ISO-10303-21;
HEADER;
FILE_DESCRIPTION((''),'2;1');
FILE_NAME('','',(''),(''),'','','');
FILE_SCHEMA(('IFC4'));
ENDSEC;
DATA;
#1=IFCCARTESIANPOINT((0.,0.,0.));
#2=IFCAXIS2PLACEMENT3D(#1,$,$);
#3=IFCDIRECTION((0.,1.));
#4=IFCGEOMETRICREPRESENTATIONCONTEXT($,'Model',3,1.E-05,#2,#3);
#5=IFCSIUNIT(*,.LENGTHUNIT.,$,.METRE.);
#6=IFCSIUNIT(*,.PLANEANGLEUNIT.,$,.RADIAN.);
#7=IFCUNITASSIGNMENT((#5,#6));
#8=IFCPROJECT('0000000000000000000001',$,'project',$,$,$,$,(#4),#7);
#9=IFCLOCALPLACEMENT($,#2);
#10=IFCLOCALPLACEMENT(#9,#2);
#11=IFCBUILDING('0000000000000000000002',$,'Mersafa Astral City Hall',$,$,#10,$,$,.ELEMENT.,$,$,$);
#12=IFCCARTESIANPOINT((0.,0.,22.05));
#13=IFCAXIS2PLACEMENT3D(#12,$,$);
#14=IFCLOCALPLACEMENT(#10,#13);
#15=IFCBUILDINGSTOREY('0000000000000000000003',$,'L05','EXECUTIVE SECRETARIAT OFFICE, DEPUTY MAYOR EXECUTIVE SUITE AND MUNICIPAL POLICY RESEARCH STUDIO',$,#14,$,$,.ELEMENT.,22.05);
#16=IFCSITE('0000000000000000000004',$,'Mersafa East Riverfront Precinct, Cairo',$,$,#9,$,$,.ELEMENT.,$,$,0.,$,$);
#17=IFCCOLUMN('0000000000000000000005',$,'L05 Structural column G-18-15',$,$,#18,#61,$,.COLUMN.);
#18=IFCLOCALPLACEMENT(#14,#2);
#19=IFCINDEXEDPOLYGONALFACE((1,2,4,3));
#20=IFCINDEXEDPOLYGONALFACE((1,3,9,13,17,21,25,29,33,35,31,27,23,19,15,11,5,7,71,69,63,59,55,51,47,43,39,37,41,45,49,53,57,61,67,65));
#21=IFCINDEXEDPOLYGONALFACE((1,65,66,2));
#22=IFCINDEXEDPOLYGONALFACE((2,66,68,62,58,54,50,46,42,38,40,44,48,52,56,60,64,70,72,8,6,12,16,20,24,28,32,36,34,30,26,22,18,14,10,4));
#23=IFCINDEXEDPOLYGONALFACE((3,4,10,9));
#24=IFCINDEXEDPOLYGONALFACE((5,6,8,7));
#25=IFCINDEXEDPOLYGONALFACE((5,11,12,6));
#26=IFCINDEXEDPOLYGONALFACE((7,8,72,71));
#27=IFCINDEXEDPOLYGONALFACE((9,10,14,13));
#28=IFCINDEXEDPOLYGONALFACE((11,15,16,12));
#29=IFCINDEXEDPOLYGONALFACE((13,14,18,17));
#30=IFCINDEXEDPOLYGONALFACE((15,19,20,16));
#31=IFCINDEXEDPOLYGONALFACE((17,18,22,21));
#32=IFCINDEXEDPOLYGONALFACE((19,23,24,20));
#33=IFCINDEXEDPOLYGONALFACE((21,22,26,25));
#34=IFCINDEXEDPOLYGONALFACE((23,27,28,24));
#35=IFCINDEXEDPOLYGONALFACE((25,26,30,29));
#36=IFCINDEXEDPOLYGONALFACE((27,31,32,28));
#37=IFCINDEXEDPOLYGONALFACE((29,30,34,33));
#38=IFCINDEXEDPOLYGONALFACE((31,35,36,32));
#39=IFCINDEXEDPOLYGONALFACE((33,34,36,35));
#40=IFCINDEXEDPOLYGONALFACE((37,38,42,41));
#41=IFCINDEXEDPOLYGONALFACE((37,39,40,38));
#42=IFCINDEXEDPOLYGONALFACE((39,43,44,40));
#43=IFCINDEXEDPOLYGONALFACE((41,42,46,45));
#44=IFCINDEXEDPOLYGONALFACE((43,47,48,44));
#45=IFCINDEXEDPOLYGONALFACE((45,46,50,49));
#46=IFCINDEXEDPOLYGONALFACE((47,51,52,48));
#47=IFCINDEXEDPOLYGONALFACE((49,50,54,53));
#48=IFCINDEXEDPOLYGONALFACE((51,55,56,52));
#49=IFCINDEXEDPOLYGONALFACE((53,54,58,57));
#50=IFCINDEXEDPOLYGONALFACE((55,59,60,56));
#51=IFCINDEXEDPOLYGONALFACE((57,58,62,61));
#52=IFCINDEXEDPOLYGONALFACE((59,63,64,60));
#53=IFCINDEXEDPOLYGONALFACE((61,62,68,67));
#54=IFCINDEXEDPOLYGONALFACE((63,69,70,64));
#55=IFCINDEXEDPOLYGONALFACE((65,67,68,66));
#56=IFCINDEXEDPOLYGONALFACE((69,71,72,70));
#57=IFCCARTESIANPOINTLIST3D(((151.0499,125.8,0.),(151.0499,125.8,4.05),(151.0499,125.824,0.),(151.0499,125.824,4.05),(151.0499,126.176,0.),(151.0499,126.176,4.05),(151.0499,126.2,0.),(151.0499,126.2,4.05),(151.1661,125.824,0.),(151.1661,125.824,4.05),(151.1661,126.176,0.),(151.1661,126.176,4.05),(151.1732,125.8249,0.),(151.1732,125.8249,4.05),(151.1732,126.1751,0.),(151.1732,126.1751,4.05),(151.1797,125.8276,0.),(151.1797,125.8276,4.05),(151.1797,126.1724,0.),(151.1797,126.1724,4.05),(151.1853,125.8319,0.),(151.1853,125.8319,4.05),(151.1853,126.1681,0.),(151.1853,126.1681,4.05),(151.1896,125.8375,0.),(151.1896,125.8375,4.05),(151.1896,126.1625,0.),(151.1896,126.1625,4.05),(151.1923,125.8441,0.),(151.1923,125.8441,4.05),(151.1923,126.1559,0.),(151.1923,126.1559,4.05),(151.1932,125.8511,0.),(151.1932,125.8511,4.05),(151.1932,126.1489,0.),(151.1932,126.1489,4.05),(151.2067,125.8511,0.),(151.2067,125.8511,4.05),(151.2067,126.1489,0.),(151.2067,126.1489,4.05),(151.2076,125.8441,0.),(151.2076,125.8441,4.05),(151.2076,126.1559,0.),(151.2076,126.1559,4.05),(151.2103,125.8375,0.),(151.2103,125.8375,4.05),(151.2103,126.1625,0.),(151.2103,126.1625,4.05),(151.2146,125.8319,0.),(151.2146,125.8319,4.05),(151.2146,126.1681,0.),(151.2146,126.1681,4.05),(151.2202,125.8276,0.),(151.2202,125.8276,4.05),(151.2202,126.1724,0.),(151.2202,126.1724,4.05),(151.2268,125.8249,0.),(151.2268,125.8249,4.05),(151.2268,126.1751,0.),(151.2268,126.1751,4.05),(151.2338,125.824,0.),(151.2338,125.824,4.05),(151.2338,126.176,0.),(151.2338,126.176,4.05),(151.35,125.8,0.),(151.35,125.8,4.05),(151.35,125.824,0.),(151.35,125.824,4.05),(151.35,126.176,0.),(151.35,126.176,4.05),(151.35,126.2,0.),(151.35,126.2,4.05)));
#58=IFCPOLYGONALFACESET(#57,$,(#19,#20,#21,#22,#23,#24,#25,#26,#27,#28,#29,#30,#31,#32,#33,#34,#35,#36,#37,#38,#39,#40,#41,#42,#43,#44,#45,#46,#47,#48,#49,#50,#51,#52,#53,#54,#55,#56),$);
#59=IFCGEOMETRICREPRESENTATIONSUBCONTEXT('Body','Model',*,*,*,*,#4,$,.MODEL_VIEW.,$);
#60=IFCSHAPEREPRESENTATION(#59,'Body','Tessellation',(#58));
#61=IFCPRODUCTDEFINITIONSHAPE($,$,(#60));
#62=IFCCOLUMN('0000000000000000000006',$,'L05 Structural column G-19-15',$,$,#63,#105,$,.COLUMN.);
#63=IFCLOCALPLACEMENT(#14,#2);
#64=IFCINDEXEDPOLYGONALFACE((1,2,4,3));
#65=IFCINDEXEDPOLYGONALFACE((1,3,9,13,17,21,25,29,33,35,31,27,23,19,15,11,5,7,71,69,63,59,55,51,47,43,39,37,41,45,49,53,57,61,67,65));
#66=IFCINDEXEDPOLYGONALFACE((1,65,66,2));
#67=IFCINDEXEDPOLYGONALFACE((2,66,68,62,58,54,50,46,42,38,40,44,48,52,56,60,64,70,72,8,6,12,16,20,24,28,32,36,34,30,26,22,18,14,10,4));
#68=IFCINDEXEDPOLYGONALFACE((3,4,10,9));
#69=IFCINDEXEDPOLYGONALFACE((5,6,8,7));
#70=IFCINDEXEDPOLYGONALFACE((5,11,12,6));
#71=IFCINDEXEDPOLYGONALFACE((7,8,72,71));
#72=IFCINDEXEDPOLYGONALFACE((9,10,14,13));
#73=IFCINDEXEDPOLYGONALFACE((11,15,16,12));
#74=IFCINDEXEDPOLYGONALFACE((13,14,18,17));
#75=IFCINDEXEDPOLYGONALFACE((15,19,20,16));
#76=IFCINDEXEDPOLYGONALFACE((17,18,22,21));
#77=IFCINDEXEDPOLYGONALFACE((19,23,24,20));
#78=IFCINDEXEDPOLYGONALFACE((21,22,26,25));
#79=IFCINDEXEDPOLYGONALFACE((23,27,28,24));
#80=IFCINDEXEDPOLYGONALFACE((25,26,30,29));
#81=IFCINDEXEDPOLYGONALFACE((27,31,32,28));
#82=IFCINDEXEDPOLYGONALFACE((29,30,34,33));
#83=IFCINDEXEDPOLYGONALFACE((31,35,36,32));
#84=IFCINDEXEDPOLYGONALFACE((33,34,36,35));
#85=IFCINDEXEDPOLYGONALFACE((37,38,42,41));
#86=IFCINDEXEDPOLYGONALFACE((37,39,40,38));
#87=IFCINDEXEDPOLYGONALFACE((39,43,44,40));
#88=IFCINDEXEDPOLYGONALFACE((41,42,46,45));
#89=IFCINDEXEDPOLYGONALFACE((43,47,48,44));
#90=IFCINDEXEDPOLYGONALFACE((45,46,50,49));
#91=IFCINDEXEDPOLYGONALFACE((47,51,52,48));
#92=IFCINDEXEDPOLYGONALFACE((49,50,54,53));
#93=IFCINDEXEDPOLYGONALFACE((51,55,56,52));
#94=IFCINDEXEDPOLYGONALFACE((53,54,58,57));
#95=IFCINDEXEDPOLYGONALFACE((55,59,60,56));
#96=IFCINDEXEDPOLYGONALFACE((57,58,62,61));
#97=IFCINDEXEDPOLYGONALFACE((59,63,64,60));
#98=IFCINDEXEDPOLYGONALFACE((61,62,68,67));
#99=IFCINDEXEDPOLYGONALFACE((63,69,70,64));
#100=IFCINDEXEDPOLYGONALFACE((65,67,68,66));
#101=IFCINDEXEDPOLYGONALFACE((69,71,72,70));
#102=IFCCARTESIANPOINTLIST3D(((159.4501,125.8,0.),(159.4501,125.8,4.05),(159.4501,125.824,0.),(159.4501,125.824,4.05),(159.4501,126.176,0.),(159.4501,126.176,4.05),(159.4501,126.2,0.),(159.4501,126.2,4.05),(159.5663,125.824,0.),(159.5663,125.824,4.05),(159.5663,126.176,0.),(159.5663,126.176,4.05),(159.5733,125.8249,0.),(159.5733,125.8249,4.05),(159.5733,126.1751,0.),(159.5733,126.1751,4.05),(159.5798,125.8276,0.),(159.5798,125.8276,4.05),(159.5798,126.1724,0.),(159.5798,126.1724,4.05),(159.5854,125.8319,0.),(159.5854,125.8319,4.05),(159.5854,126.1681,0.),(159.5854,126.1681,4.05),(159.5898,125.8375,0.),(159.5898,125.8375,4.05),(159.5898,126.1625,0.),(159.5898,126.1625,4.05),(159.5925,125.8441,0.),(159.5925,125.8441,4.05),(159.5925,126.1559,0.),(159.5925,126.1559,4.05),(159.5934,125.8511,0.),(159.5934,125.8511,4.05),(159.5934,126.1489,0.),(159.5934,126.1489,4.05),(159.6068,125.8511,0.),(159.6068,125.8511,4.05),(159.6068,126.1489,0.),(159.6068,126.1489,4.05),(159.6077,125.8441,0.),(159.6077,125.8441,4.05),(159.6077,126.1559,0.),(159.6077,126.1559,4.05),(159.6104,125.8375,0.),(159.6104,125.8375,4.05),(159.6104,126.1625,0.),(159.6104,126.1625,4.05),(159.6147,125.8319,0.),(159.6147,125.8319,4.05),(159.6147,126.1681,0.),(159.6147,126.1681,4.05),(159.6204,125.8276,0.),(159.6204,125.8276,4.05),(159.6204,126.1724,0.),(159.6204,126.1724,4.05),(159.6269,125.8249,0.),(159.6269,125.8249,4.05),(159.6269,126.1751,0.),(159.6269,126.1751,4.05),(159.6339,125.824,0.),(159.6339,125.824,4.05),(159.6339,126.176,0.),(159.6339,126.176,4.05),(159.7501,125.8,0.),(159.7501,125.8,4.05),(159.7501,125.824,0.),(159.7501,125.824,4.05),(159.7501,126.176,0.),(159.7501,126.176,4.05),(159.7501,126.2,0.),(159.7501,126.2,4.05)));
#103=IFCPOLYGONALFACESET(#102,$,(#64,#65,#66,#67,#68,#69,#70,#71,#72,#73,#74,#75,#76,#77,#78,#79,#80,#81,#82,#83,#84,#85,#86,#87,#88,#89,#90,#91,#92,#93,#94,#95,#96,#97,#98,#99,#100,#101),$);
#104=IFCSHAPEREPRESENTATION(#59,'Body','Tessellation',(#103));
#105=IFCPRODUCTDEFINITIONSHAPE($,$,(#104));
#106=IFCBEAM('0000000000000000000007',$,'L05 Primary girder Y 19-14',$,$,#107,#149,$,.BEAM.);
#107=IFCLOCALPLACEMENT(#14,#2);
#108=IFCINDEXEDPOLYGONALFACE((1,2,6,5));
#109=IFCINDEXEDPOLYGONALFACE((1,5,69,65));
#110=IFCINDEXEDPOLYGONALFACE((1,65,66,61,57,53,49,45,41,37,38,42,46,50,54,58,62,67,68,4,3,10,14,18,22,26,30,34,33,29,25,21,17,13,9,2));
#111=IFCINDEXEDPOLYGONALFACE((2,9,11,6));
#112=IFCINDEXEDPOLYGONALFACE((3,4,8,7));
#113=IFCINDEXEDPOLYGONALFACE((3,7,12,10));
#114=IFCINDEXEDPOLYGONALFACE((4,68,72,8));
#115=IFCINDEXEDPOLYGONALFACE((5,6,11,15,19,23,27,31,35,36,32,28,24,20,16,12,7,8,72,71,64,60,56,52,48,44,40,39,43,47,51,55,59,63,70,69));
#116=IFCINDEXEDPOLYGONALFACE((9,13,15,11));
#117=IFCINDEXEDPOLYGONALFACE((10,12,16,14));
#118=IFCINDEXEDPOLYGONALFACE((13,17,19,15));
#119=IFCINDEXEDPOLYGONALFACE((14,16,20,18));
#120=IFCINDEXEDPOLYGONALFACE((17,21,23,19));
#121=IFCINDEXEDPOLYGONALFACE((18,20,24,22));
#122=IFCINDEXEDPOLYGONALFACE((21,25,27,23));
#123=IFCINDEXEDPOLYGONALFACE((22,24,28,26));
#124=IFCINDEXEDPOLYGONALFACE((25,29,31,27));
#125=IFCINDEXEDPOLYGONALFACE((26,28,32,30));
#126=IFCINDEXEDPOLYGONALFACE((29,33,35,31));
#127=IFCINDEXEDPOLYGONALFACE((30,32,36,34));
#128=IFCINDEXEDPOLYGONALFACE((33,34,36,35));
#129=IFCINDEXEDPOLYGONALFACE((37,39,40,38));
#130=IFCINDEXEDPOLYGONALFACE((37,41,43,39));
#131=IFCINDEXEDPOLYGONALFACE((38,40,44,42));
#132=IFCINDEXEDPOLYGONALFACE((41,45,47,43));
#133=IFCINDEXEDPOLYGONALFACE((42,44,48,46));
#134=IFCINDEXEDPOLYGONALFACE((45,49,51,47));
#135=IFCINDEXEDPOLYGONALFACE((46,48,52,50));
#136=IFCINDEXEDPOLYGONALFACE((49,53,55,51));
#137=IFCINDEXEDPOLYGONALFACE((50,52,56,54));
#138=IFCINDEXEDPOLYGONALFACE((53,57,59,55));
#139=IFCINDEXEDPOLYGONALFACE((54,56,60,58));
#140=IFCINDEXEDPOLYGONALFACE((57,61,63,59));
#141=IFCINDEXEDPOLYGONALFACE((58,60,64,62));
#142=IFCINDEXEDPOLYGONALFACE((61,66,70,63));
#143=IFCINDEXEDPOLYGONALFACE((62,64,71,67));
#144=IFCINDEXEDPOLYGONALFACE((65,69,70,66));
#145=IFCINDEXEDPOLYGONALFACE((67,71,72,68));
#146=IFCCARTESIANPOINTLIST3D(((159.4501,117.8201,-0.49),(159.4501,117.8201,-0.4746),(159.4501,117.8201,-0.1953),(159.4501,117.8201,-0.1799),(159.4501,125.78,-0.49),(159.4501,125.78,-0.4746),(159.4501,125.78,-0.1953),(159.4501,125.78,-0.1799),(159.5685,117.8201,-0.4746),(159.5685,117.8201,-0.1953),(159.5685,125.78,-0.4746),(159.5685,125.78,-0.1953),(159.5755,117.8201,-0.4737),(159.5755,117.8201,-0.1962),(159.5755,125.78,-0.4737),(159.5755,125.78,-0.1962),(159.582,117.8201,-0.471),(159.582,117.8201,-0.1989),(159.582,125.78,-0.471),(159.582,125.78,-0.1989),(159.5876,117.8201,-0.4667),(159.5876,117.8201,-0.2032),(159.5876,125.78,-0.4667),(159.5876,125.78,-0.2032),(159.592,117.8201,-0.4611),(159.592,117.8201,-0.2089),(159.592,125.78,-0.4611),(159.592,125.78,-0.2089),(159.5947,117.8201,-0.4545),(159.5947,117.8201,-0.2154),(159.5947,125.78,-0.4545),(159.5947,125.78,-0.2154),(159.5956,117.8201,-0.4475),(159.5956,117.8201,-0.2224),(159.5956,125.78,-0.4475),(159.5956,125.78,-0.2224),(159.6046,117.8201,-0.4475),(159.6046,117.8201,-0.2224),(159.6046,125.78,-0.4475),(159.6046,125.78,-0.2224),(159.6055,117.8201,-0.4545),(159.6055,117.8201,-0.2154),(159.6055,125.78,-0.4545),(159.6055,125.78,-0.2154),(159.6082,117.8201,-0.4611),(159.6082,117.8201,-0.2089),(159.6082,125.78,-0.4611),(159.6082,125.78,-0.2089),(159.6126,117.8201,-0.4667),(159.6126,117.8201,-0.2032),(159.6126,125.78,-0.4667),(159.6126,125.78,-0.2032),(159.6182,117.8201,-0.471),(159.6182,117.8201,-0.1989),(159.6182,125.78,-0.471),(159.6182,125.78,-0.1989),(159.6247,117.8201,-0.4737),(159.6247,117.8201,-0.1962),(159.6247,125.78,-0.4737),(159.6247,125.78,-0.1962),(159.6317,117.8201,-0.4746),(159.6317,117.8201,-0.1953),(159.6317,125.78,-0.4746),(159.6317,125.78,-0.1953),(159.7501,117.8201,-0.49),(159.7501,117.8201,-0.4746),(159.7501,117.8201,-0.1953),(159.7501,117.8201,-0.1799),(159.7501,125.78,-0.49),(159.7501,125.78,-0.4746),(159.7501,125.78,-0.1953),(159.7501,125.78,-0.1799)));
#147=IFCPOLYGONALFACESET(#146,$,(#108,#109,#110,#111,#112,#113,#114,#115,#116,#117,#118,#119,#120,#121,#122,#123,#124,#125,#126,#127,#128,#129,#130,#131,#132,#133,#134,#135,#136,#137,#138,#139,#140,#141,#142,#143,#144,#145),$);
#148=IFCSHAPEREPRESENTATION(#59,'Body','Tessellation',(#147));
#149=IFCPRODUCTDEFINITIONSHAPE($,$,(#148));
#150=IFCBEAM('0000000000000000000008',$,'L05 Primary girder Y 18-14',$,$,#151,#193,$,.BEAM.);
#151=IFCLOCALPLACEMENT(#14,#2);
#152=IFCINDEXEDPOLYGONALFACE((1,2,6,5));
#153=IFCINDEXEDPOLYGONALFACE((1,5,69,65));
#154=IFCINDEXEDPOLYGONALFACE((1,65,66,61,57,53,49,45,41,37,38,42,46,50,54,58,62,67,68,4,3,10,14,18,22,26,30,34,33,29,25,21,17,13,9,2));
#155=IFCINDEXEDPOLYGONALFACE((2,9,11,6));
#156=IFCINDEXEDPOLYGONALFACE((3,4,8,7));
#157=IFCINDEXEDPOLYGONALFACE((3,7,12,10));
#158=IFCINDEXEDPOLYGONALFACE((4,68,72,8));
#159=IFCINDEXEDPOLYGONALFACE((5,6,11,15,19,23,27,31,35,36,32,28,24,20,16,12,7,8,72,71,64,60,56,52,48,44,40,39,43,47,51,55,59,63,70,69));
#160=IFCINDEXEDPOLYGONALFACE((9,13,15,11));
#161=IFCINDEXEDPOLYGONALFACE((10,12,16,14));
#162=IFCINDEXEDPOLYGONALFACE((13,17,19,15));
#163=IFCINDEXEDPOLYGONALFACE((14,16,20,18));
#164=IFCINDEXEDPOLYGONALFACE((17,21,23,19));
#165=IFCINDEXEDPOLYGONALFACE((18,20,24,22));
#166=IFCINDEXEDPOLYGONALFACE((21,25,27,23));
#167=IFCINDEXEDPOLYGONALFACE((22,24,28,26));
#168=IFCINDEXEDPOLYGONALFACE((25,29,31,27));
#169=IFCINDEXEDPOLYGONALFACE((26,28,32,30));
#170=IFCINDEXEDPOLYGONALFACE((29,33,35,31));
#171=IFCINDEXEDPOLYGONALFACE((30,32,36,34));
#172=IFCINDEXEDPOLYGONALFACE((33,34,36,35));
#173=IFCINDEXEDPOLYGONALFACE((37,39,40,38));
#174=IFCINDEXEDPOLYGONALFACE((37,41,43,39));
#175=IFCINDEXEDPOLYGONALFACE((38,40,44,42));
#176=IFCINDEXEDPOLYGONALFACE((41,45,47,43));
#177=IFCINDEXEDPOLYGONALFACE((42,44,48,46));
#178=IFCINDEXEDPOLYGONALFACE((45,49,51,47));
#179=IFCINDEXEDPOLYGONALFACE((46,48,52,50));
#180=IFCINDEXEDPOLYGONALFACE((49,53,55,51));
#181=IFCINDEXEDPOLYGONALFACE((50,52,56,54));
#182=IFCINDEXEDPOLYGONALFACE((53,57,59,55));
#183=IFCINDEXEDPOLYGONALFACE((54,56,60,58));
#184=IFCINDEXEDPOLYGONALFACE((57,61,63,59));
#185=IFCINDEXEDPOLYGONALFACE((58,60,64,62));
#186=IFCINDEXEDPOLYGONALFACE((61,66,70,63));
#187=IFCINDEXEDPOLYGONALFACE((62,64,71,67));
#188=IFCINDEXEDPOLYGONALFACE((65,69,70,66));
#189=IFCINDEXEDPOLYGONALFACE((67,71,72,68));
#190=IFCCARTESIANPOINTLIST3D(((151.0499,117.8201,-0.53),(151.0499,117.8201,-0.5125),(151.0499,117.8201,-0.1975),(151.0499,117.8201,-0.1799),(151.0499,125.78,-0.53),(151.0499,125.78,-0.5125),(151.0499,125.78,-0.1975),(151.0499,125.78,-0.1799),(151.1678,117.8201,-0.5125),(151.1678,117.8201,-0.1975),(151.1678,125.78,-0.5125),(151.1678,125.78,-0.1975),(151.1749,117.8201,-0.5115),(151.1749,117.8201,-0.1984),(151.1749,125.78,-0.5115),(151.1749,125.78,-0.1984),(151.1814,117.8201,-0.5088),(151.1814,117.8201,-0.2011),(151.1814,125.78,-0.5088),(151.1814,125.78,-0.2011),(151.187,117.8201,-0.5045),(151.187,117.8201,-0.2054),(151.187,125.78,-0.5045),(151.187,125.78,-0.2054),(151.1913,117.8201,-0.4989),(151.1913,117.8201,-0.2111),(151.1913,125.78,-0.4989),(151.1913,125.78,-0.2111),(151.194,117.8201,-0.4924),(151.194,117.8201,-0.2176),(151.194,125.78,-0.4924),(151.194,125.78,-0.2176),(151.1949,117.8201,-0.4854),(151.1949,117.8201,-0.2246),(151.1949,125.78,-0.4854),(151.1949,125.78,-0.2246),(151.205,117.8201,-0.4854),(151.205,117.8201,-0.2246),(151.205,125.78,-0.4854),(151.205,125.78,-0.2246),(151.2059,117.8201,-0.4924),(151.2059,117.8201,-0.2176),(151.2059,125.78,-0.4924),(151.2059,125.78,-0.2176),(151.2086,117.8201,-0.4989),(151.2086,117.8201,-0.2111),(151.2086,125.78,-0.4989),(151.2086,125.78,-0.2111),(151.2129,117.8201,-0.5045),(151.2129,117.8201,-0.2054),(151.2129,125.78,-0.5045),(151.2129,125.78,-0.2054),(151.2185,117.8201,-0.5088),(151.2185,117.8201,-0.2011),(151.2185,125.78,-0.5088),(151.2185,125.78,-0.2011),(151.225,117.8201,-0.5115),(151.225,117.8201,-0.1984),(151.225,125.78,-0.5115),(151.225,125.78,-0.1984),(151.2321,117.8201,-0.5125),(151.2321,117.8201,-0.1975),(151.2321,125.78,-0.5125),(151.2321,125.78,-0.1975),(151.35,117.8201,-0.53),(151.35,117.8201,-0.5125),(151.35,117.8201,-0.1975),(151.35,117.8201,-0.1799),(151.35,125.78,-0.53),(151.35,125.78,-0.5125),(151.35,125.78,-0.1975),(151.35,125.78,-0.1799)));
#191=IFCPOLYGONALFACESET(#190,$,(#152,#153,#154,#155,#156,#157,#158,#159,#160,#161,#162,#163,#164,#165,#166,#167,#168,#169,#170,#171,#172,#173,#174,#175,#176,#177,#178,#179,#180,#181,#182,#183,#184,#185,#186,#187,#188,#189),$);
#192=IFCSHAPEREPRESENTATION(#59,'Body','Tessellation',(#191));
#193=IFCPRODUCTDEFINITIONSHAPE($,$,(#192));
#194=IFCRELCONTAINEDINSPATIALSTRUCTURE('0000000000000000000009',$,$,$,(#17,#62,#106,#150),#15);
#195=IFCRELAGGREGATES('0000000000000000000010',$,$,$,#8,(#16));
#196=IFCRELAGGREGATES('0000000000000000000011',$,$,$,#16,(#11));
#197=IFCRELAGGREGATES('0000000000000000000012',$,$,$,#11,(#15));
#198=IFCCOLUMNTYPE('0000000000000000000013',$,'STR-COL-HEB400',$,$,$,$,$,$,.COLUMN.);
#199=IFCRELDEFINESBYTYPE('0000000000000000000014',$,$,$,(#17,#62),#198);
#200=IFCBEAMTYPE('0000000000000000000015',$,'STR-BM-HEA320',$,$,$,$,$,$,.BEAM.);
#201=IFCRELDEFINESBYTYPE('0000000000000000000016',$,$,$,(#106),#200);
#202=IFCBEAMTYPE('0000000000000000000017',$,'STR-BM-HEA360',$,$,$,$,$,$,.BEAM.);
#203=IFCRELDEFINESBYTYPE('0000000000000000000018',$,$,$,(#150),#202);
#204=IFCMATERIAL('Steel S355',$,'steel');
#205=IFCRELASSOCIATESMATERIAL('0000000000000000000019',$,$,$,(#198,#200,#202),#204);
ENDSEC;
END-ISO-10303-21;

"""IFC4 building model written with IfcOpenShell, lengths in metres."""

from ifc_helpers import new_model, si_unit, direction, frame, origin, origin_2d, place, context, subcontext, project, spatial, i_section, extrude, material, material_profile, profile_set, type_object, element, save


model = new_model("IFC4")

# Units and contexts
model_context = context("Model", 3, precision=1e-05, world=origin(), true_north=direction((0.0, 1.0)))
body_context = subcontext(model_context, "Body", "Model", "MODEL_VIEW")
ifc_project = project(units=[si_unit("LENGTHUNIT", "METRE"), si_unit("PLANEANGLEUNIT", "RADIAN")], contexts=[model_context])

# Site, building, storey
site_placement = place(None, origin())
site = spatial("IfcSite", under=ifc_project, at=site_placement, Name="Mersafa East Riverfront Precinct, Cairo", CompositionType="ELEMENT", RefElevation=0.0)
building_placement = place(site_placement, origin())
building = spatial("IfcBuilding", under=site, at=building_placement, Name="Mersafa Astral City Hall", CompositionType="ELEMENT")
storey_placement = place(building_placement, frame((0.0, 0.0, 22.05)))
storey = spatial("IfcBuildingStorey", under=building, at=storey_placement, Name="L05", Description="EXECUTIVE SECRETARIAT OFFICE, DEPUTY MAYOR EXECUTIVE SUITE AND MUNICIPAL POLICY RESEARCH STUDIO", CompositionType="ELEMENT", Elevation=22.05)

# Columns
ifc_material_1 = material(Name="Steel S355", Category="steel")
ifc_material_profile_1 = material_profile(ifc_material_1, i_section(OverallWidth=0.3, OverallDepth=0.3999, WebThickness=0.0134, FlangeThickness=0.0239, FilletRadius=0.0271, at=origin_2d()), Name="HEB 400")
ifc_profile_set_1 = profile_set([ifc_material_profile_1], Name="Steel S355")
column_type = type_object("IfcColumnType", Name="STR-COL-HEB400", PredefinedType="COLUMN", material=ifc_profile_set_1)
for number, where, z_axis, x_axis, name in (
    (1, (151.2, 126.0, 0.0), (0.0, 0.0, 1.0), (1.0, 0.0, 0.0), "L05 Structural column G-18-15"),
    (2, (159.6001, 126.0, 0.0), (0.0, 0.0, 1.0), (1.0, 0.0, 0.0), "L05 Structural column G-19-15"),
):
    element("IfcColumn", number, at=place(storey_placement, frame(where, z_axis=z_axis, x_axis=x_axis)), inside=storey, type_object=column_type, Name=name, PredefinedType="COLUMN", context=body_context, shape_type="SweptSolid", body=[
        extrude(i_section(OverallWidth=0.3, OverallDepth=0.3999, WebThickness=0.0134, FlangeThickness=0.0239, FilletRadius=0.0271, at=origin_2d()), origin(), (0.0, 0.0, 1.0), 4.05),
    ])

# Beams
ifc_material_profile_2 = material_profile(ifc_material_1, i_section(OverallWidth=0.3, OverallDepth=0.3101, WebThickness=0.009, FlangeThickness=0.0154, FilletRadius=0.0271, at=origin_2d()), Name="HEA 320")
ifc_profile_set_2 = profile_set([ifc_material_profile_2], Name="Steel S355")
beam_type_1 = type_object("IfcBeamType", Name="STR-BM-HEA320", PredefinedType="BEAM", material=ifc_profile_set_2)
beam_1_placement = place(storey_placement, frame((159.6001, 117.8201, -0.335), z_axis=(0.0, 1.0, 0.0), x_axis=(-1.0, 0.0, 0.0)))
element("IfcBeam", 3, at=beam_1_placement, inside=storey, type_object=beam_type_1, Name="L05 Primary girder Y 19-14", PredefinedType="BEAM", context=body_context, shape_type="SweptSolid", body=[
    extrude(i_section(OverallWidth=0.3, OverallDepth=0.3101, WebThickness=0.009, FlangeThickness=0.0154, FilletRadius=0.0271, at=origin_2d()), origin(), (0.0, 0.0, 1.0), 7.96),
])
ifc_material_profile_3 = material_profile(ifc_material_1, i_section(OverallWidth=0.3, OverallDepth=0.3501, WebThickness=0.01, FlangeThickness=0.0176, FilletRadius=0.0271, at=origin_2d()), Name="HEA 360")
ifc_profile_set_3 = profile_set([ifc_material_profile_3], Name="Steel S355")
beam_type_2 = type_object("IfcBeamType", Name="STR-BM-HEA360", PredefinedType="BEAM", material=ifc_profile_set_3)
beam_2_placement = place(storey_placement, frame((151.2, 117.8201, -0.355), z_axis=(0.0, 1.0, 0.0), x_axis=(-1.0, 0.0, 0.0)))
element("IfcBeam", 4, at=beam_2_placement, inside=storey, type_object=beam_type_2, Name="L05 Primary girder Y 18-14", PredefinedType="BEAM", context=body_context, shape_type="SweptSolid", body=[
    extrude(i_section(OverallWidth=0.3, OverallDepth=0.3501, WebThickness=0.01, FlangeThickness=0.0176, FilletRadius=0.0271, at=origin_2d()), origin(), (0.0, 0.0, 1.0), 7.96),
])

save(model, "model.ifc")
